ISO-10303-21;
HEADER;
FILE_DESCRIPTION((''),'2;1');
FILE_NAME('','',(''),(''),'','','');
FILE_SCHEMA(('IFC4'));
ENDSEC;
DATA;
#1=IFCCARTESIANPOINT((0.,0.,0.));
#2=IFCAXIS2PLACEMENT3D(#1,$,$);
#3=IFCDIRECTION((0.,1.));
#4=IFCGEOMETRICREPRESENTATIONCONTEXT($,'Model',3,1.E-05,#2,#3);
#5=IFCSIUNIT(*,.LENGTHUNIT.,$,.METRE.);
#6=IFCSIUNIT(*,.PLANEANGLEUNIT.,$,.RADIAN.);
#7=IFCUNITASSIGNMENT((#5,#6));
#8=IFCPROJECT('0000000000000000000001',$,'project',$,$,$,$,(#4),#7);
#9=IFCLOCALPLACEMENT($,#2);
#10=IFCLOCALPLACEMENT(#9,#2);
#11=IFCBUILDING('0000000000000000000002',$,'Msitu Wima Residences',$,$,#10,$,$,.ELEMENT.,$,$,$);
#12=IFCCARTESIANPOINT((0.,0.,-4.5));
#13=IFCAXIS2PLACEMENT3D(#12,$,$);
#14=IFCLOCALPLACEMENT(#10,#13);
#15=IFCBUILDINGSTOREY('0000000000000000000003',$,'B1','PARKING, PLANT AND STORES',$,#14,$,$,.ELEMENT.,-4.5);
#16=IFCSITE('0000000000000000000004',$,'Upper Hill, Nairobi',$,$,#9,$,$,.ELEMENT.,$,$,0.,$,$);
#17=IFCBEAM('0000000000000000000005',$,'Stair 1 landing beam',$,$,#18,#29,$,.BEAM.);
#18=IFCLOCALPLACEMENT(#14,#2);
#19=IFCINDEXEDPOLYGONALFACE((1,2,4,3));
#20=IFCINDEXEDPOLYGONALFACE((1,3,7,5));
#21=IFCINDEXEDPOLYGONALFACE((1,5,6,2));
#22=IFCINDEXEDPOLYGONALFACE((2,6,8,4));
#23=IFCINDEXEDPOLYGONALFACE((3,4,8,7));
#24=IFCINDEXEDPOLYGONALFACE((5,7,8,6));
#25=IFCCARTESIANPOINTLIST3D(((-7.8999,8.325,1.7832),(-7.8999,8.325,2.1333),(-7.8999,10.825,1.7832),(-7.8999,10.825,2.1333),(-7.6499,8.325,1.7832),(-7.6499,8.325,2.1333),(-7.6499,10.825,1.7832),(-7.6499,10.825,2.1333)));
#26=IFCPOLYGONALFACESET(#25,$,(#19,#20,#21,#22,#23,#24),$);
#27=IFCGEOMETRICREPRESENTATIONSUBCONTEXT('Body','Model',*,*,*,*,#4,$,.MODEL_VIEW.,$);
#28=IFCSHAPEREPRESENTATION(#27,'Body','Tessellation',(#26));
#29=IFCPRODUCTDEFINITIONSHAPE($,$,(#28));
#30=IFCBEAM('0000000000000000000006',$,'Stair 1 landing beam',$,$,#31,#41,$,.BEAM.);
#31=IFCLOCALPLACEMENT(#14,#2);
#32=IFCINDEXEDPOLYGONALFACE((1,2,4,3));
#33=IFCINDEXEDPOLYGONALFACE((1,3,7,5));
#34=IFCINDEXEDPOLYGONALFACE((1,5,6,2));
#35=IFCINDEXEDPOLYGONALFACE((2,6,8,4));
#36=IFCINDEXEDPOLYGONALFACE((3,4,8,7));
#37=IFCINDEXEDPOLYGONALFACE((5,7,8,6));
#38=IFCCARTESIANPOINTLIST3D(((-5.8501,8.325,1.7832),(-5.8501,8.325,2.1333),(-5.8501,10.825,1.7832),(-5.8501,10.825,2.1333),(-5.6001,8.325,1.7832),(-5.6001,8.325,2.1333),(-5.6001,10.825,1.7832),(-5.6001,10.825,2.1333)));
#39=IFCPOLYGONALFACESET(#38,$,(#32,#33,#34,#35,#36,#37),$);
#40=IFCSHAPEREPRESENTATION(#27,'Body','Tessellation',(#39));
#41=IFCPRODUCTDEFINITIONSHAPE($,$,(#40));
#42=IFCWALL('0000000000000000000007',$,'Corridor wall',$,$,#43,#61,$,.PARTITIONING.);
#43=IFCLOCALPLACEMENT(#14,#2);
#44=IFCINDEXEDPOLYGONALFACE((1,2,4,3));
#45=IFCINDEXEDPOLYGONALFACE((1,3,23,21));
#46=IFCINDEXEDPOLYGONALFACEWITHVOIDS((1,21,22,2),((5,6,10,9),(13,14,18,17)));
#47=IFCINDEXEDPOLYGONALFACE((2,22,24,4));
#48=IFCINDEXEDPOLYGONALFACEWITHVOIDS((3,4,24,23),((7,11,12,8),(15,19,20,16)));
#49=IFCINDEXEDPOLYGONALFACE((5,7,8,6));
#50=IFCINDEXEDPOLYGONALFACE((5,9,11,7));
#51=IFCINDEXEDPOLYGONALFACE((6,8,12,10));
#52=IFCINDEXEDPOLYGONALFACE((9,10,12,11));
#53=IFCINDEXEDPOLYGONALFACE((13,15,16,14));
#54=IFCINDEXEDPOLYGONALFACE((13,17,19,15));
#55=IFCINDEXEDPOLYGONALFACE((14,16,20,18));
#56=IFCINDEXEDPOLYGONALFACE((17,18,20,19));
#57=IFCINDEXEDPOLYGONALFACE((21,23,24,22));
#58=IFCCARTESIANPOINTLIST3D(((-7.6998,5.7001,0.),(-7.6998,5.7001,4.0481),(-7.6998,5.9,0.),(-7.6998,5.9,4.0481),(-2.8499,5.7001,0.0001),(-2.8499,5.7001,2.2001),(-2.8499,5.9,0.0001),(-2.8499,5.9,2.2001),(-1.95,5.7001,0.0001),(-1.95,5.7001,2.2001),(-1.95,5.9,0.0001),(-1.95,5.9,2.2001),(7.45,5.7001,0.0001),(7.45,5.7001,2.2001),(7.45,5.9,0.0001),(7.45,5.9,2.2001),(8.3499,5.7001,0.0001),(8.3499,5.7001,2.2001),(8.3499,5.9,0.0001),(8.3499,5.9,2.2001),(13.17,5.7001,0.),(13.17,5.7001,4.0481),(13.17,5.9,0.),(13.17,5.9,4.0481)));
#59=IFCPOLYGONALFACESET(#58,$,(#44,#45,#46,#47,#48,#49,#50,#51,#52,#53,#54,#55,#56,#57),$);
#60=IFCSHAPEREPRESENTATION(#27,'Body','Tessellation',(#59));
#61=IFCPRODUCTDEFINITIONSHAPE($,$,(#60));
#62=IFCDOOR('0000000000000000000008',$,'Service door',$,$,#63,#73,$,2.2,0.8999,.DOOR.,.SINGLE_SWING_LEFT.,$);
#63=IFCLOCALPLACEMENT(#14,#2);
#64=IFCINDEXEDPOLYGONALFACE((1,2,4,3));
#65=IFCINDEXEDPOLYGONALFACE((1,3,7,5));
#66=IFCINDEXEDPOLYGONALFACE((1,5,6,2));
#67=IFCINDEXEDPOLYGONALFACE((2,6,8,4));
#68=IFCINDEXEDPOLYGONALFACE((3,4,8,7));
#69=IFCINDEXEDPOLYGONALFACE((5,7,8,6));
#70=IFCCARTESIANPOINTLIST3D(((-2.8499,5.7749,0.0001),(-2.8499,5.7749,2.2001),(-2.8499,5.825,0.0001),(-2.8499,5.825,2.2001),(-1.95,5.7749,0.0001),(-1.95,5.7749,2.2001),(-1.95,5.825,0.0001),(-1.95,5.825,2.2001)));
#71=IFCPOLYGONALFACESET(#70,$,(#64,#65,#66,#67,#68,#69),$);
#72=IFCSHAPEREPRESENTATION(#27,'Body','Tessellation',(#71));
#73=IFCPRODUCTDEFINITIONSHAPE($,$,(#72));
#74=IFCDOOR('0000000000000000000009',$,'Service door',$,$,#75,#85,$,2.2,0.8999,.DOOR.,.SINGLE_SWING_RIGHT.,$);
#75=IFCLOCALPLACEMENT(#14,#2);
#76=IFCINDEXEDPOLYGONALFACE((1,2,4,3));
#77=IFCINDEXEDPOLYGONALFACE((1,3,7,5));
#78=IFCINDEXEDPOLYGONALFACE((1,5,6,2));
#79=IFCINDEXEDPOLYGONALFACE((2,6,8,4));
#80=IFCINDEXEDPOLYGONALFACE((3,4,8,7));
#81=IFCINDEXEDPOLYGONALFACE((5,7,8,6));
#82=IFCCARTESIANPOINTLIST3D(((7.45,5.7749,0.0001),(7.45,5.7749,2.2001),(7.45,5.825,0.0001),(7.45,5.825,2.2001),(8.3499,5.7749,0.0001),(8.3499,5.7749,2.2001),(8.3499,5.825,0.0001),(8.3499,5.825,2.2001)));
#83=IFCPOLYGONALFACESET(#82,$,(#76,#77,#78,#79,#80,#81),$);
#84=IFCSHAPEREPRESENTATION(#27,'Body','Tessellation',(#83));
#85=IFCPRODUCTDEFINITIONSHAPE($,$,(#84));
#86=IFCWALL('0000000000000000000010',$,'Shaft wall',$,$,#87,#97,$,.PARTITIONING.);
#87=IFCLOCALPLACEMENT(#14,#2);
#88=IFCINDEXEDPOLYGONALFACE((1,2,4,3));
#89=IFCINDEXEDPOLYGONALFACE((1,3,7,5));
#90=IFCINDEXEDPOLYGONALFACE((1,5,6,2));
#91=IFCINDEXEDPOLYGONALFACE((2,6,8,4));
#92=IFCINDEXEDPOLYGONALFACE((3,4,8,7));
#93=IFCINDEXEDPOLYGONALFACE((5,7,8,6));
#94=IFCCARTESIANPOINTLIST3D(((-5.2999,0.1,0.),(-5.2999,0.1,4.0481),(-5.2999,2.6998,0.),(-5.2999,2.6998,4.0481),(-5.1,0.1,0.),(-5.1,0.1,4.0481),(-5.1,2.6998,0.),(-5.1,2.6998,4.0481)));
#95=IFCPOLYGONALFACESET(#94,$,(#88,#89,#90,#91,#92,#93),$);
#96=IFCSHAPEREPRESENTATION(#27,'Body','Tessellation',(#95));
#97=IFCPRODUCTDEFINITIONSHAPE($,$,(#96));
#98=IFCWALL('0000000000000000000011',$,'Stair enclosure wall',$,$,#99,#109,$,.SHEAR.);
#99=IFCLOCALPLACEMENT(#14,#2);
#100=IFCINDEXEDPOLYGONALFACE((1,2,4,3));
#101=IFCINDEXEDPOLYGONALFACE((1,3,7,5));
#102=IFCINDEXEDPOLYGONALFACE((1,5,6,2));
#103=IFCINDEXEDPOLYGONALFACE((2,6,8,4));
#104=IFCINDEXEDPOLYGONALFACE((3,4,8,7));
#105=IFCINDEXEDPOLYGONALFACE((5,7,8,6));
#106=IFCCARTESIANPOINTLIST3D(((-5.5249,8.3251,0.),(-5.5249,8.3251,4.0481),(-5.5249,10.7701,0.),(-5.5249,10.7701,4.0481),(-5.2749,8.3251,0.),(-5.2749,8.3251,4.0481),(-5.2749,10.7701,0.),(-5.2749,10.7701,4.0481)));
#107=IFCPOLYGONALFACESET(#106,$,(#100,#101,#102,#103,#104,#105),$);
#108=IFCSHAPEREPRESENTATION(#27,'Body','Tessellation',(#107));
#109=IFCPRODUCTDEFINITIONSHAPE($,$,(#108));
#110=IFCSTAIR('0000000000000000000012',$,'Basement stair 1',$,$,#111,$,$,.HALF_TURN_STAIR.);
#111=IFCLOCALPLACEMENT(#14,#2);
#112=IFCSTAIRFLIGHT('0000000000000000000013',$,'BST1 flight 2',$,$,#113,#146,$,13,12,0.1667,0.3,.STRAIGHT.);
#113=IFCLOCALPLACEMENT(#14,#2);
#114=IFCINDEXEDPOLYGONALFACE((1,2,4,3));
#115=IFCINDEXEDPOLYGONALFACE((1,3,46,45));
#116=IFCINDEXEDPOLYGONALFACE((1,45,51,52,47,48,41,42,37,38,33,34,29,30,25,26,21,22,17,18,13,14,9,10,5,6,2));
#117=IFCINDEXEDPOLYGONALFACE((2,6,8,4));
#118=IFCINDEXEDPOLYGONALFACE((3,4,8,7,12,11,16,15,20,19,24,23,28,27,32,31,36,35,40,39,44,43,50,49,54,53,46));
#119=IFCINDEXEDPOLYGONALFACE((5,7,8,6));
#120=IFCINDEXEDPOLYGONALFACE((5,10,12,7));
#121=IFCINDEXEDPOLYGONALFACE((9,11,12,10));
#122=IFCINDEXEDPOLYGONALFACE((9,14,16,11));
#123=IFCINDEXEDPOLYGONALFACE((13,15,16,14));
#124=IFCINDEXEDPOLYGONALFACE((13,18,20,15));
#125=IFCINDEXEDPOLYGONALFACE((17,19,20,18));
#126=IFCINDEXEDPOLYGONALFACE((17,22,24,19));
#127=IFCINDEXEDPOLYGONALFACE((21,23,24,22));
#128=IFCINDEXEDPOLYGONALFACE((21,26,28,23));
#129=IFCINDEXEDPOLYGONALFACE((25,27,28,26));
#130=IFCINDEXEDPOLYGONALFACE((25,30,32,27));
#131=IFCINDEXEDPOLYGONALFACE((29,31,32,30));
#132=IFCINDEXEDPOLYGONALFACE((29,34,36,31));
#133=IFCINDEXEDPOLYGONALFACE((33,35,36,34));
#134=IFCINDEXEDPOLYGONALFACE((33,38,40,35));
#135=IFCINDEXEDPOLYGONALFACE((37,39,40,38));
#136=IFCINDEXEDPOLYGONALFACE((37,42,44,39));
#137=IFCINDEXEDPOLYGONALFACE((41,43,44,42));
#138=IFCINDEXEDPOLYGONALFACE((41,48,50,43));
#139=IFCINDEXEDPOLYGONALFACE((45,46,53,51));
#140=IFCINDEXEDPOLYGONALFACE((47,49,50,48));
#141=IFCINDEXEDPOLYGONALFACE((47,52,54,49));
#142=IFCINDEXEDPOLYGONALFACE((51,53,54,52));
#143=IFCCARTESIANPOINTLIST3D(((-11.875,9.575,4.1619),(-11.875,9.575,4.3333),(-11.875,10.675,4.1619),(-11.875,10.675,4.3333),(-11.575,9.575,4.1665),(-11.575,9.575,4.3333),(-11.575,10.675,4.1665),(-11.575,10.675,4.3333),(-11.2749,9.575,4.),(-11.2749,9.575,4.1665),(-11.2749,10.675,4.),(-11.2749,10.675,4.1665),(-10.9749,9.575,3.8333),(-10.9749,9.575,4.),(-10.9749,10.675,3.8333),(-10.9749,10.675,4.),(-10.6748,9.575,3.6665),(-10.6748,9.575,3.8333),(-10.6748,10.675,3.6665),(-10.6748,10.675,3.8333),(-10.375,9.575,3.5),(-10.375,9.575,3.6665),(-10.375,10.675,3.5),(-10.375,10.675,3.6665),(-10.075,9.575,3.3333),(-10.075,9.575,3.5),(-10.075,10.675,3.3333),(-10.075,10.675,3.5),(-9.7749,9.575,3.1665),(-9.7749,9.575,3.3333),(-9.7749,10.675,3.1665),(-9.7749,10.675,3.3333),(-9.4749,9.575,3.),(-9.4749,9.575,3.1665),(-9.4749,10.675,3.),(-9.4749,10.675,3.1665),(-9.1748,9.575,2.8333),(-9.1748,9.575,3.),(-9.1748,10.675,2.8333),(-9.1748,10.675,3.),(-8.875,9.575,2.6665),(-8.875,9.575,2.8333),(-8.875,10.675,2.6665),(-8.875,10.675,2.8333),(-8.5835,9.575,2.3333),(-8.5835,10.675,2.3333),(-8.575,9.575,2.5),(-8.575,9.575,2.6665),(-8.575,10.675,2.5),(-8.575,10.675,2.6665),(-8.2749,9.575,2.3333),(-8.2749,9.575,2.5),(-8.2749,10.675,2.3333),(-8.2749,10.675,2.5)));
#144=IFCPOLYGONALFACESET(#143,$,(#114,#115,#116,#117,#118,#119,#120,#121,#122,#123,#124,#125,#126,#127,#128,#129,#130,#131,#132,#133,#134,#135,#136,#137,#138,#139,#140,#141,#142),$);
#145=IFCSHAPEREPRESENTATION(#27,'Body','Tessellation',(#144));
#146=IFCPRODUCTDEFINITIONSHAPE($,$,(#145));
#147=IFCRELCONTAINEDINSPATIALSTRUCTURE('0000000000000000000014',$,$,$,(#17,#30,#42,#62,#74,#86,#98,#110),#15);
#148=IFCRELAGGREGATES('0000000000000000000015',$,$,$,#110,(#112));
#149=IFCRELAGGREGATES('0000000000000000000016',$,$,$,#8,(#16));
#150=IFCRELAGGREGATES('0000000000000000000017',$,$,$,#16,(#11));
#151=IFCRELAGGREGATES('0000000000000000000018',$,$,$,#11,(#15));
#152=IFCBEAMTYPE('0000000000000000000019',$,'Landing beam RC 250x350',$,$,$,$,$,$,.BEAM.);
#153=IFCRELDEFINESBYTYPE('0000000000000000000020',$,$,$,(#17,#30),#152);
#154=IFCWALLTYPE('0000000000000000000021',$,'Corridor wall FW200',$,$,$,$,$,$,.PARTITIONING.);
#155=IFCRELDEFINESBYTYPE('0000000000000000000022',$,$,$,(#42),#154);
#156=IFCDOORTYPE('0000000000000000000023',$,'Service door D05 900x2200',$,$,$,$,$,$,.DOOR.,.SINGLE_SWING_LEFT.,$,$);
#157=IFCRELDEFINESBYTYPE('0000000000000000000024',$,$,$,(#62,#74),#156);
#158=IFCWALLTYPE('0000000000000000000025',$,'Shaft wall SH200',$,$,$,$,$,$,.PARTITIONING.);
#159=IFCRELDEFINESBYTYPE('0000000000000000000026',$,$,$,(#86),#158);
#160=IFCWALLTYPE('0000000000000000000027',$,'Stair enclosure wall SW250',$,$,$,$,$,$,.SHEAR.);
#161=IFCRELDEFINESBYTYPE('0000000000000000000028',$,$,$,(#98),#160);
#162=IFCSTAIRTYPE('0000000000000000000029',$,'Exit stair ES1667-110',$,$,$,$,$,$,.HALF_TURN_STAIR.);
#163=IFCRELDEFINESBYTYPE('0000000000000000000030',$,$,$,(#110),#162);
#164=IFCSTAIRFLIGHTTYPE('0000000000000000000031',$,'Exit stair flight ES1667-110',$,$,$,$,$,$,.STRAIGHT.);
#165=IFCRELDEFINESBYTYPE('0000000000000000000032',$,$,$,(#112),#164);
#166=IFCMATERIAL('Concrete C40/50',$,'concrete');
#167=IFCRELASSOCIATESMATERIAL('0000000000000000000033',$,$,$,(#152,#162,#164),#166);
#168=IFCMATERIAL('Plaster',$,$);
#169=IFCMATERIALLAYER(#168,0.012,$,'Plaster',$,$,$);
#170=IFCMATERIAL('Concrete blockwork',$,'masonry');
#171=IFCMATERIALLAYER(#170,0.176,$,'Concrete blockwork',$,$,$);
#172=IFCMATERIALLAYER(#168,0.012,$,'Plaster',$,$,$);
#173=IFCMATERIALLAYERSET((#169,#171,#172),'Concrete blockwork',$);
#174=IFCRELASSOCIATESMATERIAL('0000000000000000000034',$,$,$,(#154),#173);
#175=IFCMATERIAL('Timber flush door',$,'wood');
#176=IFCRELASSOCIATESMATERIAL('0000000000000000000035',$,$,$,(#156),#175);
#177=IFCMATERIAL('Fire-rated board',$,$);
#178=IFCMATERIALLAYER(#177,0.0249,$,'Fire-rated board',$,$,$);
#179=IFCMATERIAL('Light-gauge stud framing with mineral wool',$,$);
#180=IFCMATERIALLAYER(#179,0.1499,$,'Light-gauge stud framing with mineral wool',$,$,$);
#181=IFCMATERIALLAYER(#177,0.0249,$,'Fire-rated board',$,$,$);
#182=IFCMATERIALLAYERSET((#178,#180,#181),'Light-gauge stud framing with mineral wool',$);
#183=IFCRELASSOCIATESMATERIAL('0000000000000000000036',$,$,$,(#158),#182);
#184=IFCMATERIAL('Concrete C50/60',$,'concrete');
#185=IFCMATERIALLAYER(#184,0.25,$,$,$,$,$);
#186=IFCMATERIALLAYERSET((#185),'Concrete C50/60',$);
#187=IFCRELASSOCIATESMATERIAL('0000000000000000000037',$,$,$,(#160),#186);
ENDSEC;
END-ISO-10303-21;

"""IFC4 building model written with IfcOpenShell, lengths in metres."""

from ifc_helpers import new_model, si_unit, direction, frame, frame_2d, origin, origin_2d, place, context, subcontext, project, spatial, polyline, rectangle, outline, extrude, material, layer, layer_set, material_profile, profile_set, type_object, element, fill, aggregate, save


model = new_model("IFC4")

# Units and contexts
model_context = context("Model", 3, precision=1e-05, world=origin(), true_north=direction((0.0, 1.0)))
body_context = subcontext(model_context, "Body", "Model", "MODEL_VIEW")
ifc_project = project(units=[si_unit("LENGTHUNIT", "METRE"), si_unit("PLANEANGLEUNIT", "RADIAN")], contexts=[model_context])

# Site, building, storey
site_placement = place(None, origin())
site = spatial("IfcSite", under=ifc_project, at=site_placement, Name="Upper Hill, Nairobi", CompositionType="ELEMENT", RefElevation=0.0)
building_placement = place(site_placement, origin())
building = spatial("IfcBuilding", under=site, at=building_placement, Name="Msitu Wima Residences", CompositionType="ELEMENT")
storey_placement = place(building_placement, frame((0.0, 0.0, -4.5)))
storey = spatial("IfcBuildingStorey", under=building, at=storey_placement, Name="B1", Description="PARKING, PLANT AND STORES", CompositionType="ELEMENT", Elevation=-4.5)

# Shared definitions
ifc_material_1 = material(Name="Concrete C40/50", Category="concrete")

# Beams
ifc_material_profile_1 = material_profile(ifc_material_1, rectangle(XDim=0.25, YDim=0.3501, at=origin_2d()), Name="RC 250x350")
ifc_profile_set_1 = profile_set([ifc_material_profile_1], Name="Concrete C40/50")
beam_type = type_object("IfcBeamType", Name="Landing beam RC 250x350", PredefinedType="BEAM", material=ifc_profile_set_1)
for number, where, z_axis, x_axis, name in (
    (1, (-7.7749, 8.325, 1.9583), (0.0, 1.0, 0.0), (-1.0, 0.0, 0.0), "Stair 1 landing beam"),
    (2, (-5.7251, 8.325, 1.9583), (0.0, 1.0, 0.0), (-1.0, 0.0, 0.0), "Stair 1 landing beam"),
):
    element("IfcBeam", number, at=place(storey_placement, frame(where, z_axis=z_axis, x_axis=x_axis)), inside=storey, type_object=beam_type, Name=name, PredefinedType="BEAM", context=body_context, shape_type="SweptSolid", body=[
        extrude(rectangle(XDim=0.25, YDim=0.3501, at=origin_2d()), origin(), (0.0, 0.0, 1.0), 2.5),
    ])

# Shared definitions
ifc_material_2 = material(Name="Plaster")
ifc_layer_1 = layer(ifc_material_2, 0.012, Name="Plaster")
ifc_material_3 = material(Name="Concrete blockwork", Category="masonry")
ifc_layer_2 = layer(ifc_material_3, 0.176, Name="Concrete blockwork")
ifc_layer_3 = layer(ifc_material_2, 0.012, Name="Plaster")
ifc_layer_set_1 = layer_set([ifc_layer_1, ifc_layer_2, ifc_layer_3], Name="Concrete blockwork")
wall_type_1 = type_object("IfcWallType", Name="Corridor wall FW200", PredefinedType="PARTITIONING", material=ifc_layer_set_1)

# Wall, openings, doors
wall_1_placement = place(storey_placement, frame((-7.7, 5.8, 0.0), z_axis=(0.0, 0.0, 1.0), x_axis=(1.0, 0.0, 0.0)))
wall_1 = element("IfcWall", 3, at=wall_1_placement, inside=storey, type_object=wall_type_1, Name="Corridor wall", PredefinedType="PARTITIONING", context=body_context, shape_type="SweptSolid", body=[
    extrude(rectangle(XDim=20.8699, YDim=0.2, at=frame_2d((10.4351, 0.0))), origin(), (0.0, 0.0, 1.0), 4.0481),
])
opening_1_placement = place(wall_1_placement, frame((4.8501, 0.0, 0.0)))
opening_1 = element("IfcOpeningElement", 4, at=opening_1_placement, cuts=wall_1, PredefinedType="OPENING", context=body_context, shape_type="SweptSolid", body=[
    extrude(rectangle(XDim=0.8999, YDim=2.2, at=frame_2d((0.45, 1.1001))), frame((0.0, 0.1099, 0.0), z_axis=(0.0, -1.0, 0.0), x_axis=(1.0, 0.0, 0.0)), (0.0, 0.0, 1.0), 0.22),
])
opening_2_placement = place(wall_1_placement, frame((15.1499, 0.0, 0.0)))
opening_2 = element("IfcOpeningElement", 5, at=opening_2_placement, cuts=wall_1, PredefinedType="OPENING", context=body_context, shape_type="SweptSolid", body=[
    extrude(rectangle(XDim=0.8999, YDim=2.2, at=frame_2d((0.45, 1.1001))), frame((0.0, 0.1099, 0.0), z_axis=(0.0, -1.0, 0.0), x_axis=(1.0, 0.0, 0.0)), (0.0, 0.0, 1.0), 0.22),
])
ifc_material_4 = material(Name="Timber flush door", Category="wood")
door_type_1 = type_object("IfcDoorType", Name="Service door D05 900x2200", OperationType="SINGLE_SWING_LEFT", PredefinedType="DOOR", material=ifc_material_4)
door_1_placement = place(opening_1_placement, origin())
door_1 = element("IfcDoor", 6, at=door_1_placement, inside=storey, type_object=door_type_1, Name="Service door", OperationType="SINGLE_SWING_LEFT", OverallHeight=2.2, OverallWidth=0.8999, PredefinedType="DOOR", context=body_context, shape_type="SweptSolid", body=[
    extrude(rectangle(XDim=0.8999, YDim=2.2, at=frame_2d((0.45, 1.1001))), frame((0.0, 0.0249, 0.0), z_axis=(0.0, -1.0, 0.0), x_axis=(1.0, 0.0, 0.0)), (0.0, 0.0, 1.0), 0.05),
])
fill(opening_1, door_1)
door_2_placement = place(opening_2_placement, origin())
door_2 = element("IfcDoor", 7, at=door_2_placement, inside=storey, type_object=door_type_1, Name="Service door", OperationType="SINGLE_SWING_RIGHT", OverallHeight=2.2, OverallWidth=0.8999, PredefinedType="DOOR", context=body_context, shape_type="SweptSolid", body=[
    extrude(rectangle(XDim=0.8999, YDim=2.2, at=frame_2d((0.45, 1.1001))), frame((0.0, 0.0249, 0.0), z_axis=(0.0, -1.0, 0.0), x_axis=(1.0, 0.0, 0.0)), (0.0, 0.0, 1.0), 0.05),
])
fill(opening_2, door_2)

# Walls
ifc_material_5 = material(Name="Fire-rated board")
ifc_layer_4 = layer(ifc_material_5, 0.0249, Name="Fire-rated board")
ifc_material_6 = material(Name="Light-gauge stud framing with mineral wool")
ifc_layer_5 = layer(ifc_material_6, 0.1499, Name="Light-gauge stud framing with mineral wool")
ifc_layer_6 = layer(ifc_material_5, 0.0249, Name="Fire-rated board")
ifc_layer_set_2 = layer_set([ifc_layer_4, ifc_layer_5, ifc_layer_6], Name="Light-gauge stud framing with mineral wool")
wall_type_2 = type_object("IfcWallType", Name="Shaft wall SH200", PredefinedType="PARTITIONING", material=ifc_layer_set_2)
wall_2_placement = place(storey_placement, frame((-5.2, 0.1001, 0.0), z_axis=(0.0, 0.0, 1.0), x_axis=(0.0, 1.0, 0.0)))
element("IfcWall", 8, at=wall_2_placement, inside=storey, type_object=wall_type_2, Name="Shaft wall", PredefinedType="PARTITIONING", context=body_context, shape_type="SweptSolid", body=[
    extrude(rectangle(XDim=2.5999, YDim=0.2, at=frame_2d((1.2998, 0.0))), origin(), (0.0, 0.0, 1.0), 4.0481),
])
ifc_material_7 = material(Name="Concrete C50/60", Category="concrete")
ifc_layer_7 = layer(ifc_material_7, 0.25)
ifc_layer_set_3 = layer_set([ifc_layer_7], Name="Concrete C50/60")
wall_type_3 = type_object("IfcWallType", Name="Stair enclosure wall SW250", PredefinedType="SHEAR", material=ifc_layer_set_3)
wall_3_placement = place(storey_placement, frame((-5.3999, 8.325, 0.0), z_axis=(0.0, 0.0, 1.0), x_axis=(0.0, 1.0, 0.0)))
element("IfcWall", 9, at=wall_3_placement, inside=storey, type_object=wall_type_3, Name="Stair enclosure wall", PredefinedType="SHEAR", context=body_context, shape_type="SweptSolid", body=[
    extrude(rectangle(XDim=2.4451, YDim=0.25, at=frame_2d((1.2227, 0.0))), origin(), (0.0, 0.0, 1.0), 4.0481),
])

# Stair, stair flight
stair_type = type_object("IfcStairType", Name="Exit stair ES1667-110", PredefinedType="HALF_TURN_STAIR", material=ifc_material_1)
stair_placement = place(storey_placement, origin())
stair = element("IfcStair", 10, at=stair_placement, inside=storey, type_object=stair_type, Name="Basement stair 1", PredefinedType="HALF_TURN_STAIR")
stair_flight_type = type_object("IfcStairFlightType", Name="Exit stair flight ES1667-110", PredefinedType="STRAIGHT", material=ifc_material_1)
stair_flight_placement = place(storey_placement, frame((-8.2749, 10.125, 2.3333), z_axis=(0.0, 0.0, 1.0), x_axis=(-1.0, 0.0, 0.0)))
stair_flight = element("IfcStairFlight", 11, at=stair_flight_placement, type_object=stair_flight_type, Name="BST1 flight 2", NumberOfRisers=13, NumberOfTreads=12, PredefinedType="STRAIGHT", RiserHeight=0.1667, TreadLength=0.3, context=body_context, shape_type="SweptSolid", body=[
    extrude(outline(polyline([(0.0, 0.0), (0.0, 0.1667), (0.3, 0.1667), (0.3, 0.3333), (0.6001, 0.3333), (0.6001, 0.5), (0.8999, 0.5), (0.8999, 0.6667), (1.2, 0.6667), (1.2, 0.8333), (1.5, 0.8333), (1.5, 1.0), (1.8, 1.0), (1.8, 1.1667), (2.1001, 1.1667), (2.1001, 1.3333), (2.3999, 1.3333), (2.3999, 1.5), (2.7, 1.5), (2.7, 1.6667), (3.0, 1.6667), (3.0, 1.8333), (3.3, 1.8333), (3.3, 2.0), (3.6001, 2.0), (3.6001, 2.1667), (3.6001, 1.8286), (0.3086, 0.0), (0.0, 0.0)])), frame((0.0, 0.55, 0.0), z_axis=(0.0, -1.0, 0.0), x_axis=(1.0, 0.0, 0.0)), (0.0, 0.0, 1.0), 1.1001),
])
aggregate(stair, [stair_flight])

save(model, "model.ifc")
